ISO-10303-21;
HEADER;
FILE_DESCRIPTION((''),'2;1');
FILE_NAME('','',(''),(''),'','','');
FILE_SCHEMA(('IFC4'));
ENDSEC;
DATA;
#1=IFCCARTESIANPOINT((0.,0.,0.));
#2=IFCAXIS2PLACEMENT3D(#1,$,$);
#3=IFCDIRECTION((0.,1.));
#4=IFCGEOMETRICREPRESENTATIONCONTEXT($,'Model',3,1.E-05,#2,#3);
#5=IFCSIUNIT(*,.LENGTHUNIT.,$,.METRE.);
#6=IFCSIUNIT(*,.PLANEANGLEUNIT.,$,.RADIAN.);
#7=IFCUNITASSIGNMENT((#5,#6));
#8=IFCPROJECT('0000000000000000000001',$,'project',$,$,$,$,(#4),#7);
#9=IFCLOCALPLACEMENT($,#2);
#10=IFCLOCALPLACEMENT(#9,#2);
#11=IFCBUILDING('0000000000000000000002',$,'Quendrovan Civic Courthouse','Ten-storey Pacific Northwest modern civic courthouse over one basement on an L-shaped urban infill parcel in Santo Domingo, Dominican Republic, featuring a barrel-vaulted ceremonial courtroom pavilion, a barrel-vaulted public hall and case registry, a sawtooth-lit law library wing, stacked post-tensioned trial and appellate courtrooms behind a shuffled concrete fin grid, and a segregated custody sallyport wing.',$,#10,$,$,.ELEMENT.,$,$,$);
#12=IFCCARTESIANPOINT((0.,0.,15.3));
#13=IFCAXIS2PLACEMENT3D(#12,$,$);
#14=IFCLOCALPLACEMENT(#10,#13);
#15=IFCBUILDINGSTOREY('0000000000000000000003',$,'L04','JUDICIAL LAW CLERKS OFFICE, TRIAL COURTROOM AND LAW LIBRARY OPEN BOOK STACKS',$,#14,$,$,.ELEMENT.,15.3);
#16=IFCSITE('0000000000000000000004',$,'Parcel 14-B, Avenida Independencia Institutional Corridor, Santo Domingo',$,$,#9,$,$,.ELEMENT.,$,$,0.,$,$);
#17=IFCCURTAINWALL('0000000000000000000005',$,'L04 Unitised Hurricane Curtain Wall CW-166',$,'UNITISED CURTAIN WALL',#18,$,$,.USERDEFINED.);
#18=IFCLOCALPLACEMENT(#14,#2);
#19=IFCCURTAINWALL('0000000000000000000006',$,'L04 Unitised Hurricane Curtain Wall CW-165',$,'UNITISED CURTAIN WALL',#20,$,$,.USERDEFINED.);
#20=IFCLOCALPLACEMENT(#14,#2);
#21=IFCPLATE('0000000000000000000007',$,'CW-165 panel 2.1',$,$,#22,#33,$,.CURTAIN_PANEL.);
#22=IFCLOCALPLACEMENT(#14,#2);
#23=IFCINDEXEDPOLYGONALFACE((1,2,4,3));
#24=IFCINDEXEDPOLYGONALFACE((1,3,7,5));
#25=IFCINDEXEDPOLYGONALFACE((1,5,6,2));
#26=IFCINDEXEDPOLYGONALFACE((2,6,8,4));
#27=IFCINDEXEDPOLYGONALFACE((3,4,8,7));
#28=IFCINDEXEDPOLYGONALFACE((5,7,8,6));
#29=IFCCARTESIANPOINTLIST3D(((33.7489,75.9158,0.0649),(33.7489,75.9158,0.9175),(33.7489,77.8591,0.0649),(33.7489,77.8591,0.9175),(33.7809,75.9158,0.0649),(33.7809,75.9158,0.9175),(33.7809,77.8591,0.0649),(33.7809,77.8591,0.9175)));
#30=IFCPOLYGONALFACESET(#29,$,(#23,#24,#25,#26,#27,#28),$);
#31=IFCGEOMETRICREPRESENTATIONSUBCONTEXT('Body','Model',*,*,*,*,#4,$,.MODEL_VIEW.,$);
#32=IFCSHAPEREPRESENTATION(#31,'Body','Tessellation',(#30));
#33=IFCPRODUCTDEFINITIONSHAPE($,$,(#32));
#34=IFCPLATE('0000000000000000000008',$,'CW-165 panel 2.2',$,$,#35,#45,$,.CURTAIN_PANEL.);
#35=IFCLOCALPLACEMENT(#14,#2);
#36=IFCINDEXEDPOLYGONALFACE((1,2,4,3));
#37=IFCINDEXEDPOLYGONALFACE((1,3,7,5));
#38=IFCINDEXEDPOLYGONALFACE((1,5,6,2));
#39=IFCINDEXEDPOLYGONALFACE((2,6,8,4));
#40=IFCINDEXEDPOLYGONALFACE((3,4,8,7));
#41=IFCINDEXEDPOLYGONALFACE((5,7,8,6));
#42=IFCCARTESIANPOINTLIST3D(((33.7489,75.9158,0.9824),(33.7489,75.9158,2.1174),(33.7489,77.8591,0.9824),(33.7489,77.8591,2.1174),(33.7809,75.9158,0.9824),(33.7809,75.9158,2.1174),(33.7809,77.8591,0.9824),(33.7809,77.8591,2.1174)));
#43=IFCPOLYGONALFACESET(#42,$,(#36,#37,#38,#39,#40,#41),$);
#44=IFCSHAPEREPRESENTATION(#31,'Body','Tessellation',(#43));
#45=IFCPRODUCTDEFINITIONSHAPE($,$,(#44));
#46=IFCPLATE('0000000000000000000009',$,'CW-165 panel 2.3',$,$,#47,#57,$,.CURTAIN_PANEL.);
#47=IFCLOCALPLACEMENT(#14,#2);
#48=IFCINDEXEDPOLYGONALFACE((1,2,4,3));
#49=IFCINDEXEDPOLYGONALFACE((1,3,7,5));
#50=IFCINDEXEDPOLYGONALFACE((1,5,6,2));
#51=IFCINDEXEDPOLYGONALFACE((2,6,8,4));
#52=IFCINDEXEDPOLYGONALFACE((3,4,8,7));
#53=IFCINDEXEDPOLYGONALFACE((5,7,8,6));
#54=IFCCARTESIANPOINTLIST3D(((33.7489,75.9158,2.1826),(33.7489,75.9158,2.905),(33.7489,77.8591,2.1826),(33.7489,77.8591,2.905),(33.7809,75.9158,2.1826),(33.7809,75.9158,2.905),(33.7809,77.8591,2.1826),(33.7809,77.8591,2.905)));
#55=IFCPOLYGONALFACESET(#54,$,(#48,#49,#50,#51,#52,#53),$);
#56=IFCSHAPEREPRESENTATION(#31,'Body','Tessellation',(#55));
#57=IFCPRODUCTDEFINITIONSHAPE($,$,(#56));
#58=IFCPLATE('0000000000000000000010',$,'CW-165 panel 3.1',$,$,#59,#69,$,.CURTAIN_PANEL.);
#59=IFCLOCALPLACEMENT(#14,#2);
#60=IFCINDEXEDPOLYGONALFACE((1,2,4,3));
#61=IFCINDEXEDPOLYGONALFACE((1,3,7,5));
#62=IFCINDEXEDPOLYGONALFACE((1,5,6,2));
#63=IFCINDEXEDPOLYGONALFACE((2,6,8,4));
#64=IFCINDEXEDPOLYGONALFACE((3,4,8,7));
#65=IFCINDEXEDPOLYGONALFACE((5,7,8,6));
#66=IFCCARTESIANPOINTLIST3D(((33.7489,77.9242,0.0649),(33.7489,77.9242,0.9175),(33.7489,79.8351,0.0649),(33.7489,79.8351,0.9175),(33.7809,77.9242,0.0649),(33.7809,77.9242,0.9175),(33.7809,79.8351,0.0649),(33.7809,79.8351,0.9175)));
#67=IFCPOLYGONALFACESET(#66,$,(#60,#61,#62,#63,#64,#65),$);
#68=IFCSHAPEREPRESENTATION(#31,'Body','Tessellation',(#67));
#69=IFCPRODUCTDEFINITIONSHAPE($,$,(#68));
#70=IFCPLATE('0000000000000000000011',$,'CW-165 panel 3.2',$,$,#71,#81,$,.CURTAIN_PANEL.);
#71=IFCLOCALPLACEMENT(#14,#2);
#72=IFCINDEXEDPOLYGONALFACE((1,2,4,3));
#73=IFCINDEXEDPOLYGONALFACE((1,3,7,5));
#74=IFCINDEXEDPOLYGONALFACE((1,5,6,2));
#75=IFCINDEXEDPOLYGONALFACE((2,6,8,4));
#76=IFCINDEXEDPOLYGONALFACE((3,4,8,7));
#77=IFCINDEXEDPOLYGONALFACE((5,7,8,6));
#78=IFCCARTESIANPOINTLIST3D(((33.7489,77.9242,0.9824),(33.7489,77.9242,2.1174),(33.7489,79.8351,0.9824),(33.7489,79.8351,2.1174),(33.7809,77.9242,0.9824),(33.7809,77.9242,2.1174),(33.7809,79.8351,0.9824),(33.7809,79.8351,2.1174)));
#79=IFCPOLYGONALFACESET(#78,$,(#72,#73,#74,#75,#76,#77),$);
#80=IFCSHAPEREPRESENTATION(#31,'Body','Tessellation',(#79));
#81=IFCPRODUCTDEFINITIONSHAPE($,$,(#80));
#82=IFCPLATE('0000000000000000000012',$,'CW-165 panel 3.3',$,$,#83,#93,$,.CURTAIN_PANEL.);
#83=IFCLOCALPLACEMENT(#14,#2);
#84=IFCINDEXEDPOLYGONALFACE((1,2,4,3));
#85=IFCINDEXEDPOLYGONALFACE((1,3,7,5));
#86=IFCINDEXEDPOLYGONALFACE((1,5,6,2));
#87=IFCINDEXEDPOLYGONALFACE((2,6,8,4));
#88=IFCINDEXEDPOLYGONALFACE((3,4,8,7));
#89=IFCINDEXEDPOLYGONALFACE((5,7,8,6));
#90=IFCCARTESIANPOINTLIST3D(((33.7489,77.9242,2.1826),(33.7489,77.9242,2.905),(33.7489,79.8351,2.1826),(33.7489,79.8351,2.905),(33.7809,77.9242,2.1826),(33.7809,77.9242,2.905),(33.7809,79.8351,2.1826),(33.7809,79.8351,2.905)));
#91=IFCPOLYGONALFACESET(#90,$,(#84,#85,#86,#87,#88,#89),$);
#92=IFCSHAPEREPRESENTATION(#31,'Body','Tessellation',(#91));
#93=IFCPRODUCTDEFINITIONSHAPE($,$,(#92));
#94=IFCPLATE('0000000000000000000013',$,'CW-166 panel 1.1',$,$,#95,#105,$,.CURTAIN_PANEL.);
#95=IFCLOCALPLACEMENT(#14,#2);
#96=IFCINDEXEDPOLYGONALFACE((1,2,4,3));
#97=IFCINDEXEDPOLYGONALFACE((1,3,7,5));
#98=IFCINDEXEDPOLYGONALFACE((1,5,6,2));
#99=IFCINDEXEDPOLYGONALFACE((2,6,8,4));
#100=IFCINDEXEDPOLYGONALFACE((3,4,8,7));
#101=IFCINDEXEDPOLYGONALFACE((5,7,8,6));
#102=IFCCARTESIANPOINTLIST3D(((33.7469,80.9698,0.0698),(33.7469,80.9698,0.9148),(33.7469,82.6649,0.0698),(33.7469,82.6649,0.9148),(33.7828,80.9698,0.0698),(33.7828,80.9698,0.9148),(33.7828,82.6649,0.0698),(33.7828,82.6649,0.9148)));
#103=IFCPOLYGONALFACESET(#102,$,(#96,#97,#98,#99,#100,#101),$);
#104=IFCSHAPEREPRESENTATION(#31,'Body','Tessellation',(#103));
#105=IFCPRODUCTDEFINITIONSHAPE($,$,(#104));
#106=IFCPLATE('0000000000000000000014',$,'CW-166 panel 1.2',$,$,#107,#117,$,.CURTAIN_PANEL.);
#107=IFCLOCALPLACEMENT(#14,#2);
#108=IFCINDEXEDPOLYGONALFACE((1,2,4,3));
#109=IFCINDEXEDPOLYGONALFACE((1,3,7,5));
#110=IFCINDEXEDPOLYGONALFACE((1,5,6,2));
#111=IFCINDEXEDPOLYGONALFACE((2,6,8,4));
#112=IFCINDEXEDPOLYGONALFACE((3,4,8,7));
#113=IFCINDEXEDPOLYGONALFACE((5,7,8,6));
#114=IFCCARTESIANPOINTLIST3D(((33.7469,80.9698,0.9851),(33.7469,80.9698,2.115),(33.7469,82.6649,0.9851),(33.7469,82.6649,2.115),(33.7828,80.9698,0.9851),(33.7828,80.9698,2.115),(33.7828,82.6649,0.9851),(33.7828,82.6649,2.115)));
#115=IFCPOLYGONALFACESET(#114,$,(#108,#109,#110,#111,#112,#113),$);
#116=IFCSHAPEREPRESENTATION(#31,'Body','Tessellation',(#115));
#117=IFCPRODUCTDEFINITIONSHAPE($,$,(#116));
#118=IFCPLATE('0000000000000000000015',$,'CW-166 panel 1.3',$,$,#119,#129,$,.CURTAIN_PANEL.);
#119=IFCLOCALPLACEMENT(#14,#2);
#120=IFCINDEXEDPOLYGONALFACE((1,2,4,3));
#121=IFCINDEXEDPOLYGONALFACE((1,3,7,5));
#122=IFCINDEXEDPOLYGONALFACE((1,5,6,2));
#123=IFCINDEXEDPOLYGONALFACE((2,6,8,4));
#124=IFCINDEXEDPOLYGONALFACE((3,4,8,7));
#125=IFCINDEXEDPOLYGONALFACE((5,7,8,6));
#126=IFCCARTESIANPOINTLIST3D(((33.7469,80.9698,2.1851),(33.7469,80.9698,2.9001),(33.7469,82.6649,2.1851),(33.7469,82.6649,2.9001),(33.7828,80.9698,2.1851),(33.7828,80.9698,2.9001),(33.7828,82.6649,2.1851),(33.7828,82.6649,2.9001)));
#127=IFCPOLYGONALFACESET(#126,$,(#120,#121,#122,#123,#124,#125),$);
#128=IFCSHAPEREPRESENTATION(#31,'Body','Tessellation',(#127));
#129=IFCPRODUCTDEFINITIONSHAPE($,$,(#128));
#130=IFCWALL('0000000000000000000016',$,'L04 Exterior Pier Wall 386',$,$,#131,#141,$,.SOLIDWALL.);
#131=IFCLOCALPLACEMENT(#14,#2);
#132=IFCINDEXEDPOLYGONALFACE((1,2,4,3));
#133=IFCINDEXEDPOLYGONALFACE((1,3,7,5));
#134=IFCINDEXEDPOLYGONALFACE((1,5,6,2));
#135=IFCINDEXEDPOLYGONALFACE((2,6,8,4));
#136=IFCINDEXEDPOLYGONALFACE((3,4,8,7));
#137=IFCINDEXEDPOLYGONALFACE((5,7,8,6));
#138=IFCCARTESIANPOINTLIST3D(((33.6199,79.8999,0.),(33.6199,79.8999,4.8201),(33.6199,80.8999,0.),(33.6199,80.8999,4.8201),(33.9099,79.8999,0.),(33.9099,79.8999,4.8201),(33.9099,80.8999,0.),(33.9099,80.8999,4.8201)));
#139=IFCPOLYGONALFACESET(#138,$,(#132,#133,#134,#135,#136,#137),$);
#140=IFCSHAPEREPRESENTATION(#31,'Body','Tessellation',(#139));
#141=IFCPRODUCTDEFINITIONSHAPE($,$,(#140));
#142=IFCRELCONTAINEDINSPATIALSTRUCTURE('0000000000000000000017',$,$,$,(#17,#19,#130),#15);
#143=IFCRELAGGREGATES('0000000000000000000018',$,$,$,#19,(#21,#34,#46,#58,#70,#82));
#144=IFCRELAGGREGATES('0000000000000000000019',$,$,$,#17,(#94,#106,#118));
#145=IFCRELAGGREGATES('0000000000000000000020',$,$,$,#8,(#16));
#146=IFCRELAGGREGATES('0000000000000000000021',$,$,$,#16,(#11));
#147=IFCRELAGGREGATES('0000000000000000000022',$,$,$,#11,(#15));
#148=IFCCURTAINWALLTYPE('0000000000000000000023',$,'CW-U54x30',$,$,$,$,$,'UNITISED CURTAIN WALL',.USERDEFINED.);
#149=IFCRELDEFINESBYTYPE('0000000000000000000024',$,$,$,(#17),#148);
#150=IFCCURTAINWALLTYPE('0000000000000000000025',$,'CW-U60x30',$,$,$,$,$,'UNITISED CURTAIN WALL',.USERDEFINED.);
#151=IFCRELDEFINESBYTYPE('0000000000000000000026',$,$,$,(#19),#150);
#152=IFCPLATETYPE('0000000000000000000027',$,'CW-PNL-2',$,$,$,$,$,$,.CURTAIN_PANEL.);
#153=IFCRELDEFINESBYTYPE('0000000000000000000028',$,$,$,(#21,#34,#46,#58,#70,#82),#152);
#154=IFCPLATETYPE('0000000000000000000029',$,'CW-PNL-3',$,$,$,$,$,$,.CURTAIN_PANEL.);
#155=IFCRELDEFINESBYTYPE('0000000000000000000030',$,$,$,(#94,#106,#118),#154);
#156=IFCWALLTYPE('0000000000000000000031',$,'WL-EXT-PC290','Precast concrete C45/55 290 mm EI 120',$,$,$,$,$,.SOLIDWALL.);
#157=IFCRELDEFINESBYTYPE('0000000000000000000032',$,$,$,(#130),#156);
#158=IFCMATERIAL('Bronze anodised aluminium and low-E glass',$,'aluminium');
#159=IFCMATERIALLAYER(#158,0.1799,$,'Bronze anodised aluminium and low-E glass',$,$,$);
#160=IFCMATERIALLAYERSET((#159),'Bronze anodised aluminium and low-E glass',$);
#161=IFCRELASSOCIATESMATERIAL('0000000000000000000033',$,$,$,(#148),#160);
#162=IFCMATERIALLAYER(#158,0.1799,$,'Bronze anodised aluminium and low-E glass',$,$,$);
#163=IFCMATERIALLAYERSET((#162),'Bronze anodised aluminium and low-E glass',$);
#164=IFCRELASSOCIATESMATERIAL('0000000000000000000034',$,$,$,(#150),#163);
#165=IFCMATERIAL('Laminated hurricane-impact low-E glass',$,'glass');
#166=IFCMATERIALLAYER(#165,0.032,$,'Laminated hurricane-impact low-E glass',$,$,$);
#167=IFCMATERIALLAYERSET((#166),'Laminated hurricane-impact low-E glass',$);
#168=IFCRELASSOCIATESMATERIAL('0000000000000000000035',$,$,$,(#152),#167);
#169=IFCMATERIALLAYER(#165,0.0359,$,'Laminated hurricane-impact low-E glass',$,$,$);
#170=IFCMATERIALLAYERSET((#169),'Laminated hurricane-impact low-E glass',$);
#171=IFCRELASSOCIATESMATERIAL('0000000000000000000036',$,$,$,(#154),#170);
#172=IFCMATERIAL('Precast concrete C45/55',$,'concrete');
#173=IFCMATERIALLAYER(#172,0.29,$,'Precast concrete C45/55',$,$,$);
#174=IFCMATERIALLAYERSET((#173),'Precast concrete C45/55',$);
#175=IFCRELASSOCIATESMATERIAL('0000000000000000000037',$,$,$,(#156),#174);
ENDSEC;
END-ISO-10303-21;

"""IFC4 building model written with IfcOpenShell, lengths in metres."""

from ifc_helpers import new_model, si_unit, direction, frame, frame_2d, origin, origin_2d, place, context, subcontext, project, spatial, rectangle, extrude, material, layer, layer_set, type_object, element, aggregate, save


model = new_model("IFC4")

# Units and contexts
model_context = context("Model", 3, precision=1e-05, world=origin(), true_north=direction((0.0, 1.0)))
body_context = subcontext(model_context, "Body", "Model", "MODEL_VIEW")
ifc_project = project(units=[si_unit("LENGTHUNIT", "METRE"), si_unit("PLANEANGLEUNIT", "RADIAN")], contexts=[model_context])

# Site, building, storey
site_placement = place(None, origin())
site = spatial("IfcSite", under=ifc_project, at=site_placement, Name="Parcel 14-B, Avenida Independencia Institutional Corridor, Santo Domingo", CompositionType="ELEMENT", RefElevation=0.0)
building_placement = place(site_placement, origin())
building = spatial("IfcBuilding", under=site, at=building_placement, Name="Quendrovan Civic Courthouse", Description="Ten-storey Pacific Northwest modern civic courthouse over one basement on an L-shaped urban infill parcel in Santo Domingo, Dominican Republic, featuring a barrel-vaulted ceremonial courtroom pavilion, a barrel-vaulted public hall and case registry, a sawtooth-lit law library wing, stacked post-tensioned trial and appellate courtrooms behind a shuffled concrete fin grid, and a segregated custody sallyport wing.", CompositionType="ELEMENT")
storey_placement = place(building_placement, frame((0.0, 0.0, 15.3)))
storey = spatial("IfcBuildingStorey", under=building, at=storey_placement, Name="L04", Description="JUDICIAL LAW CLERKS OFFICE, TRIAL COURTROOM AND LAW LIBRARY OPEN BOOK STACKS", CompositionType="ELEMENT", Elevation=15.3)

# Curtain walls
ifc_material_1 = material(Name="Bronze anodised aluminium and low-E glass", Category="aluminium")
ifc_layer_1 = layer(ifc_material_1, 0.1799, Name="Bronze anodised aluminium and low-E glass")
ifc_layer_set_1 = layer_set([ifc_layer_1], Name="Bronze anodised aluminium and low-E glass")
curtain_wall_type_1 = type_object("IfcCurtainWallType", Name="CW-U54x30", ElementType="UNITISED CURTAIN WALL", PredefinedType="USERDEFINED", material=ifc_layer_set_1)
curtain_wall_1_placement = place(storey_placement, origin())
curtain_wall_1 = element("IfcCurtainWall", 1, at=curtain_wall_1_placement, inside=storey, type_object=curtain_wall_type_1, Name="L04 Unitised Hurricane Curtain Wall CW-166", ObjectType="UNITISED CURTAIN WALL", PredefinedType="USERDEFINED")
ifc_layer_2 = layer(ifc_material_1, 0.1799, Name="Bronze anodised aluminium and low-E glass")
ifc_layer_set_2 = layer_set([ifc_layer_2], Name="Bronze anodised aluminium and low-E glass")
curtain_wall_type_2 = type_object("IfcCurtainWallType", Name="CW-U60x30", ElementType="UNITISED CURTAIN WALL", PredefinedType="USERDEFINED", material=ifc_layer_set_2)
curtain_wall_2_placement = place(storey_placement, origin())
curtain_wall_2 = element("IfcCurtainWall", 2, at=curtain_wall_2_placement, inside=storey, type_object=curtain_wall_type_2, Name="L04 Unitised Hurricane Curtain Wall CW-165", ObjectType="UNITISED CURTAIN WALL", PredefinedType="USERDEFINED")

# Plates
ifc_material_2 = material(Name="Laminated hurricane-impact low-E glass", Category="glass")
ifc_layer_3 = layer(ifc_material_2, 0.032, Name="Laminated hurricane-impact low-E glass")
ifc_layer_set_3 = layer_set([ifc_layer_3], Name="Laminated hurricane-impact low-E glass")
plate_type_1 = type_object("IfcPlateType", Name="CW-PNL-2", PredefinedType="CURTAIN_PANEL", material=ifc_layer_set_3)
plate_1_placement = place(storey_placement, frame((33.7649, 76.8875, 0.0649), z_axis=(0.0, 0.0, 1.0), x_axis=(0.0, 1.0, 0.0)))
plate_1 = element("IfcPlate", 3, at=plate_1_placement, type_object=plate_type_1, Name="CW-165 panel 2.1", PredefinedType="CURTAIN_PANEL", context=body_context, shape_type="SweptSolid", body=[
    extrude(rectangle(XDim=1.9434, YDim=0.032, at=origin_2d()), origin(), (0.0, 0.0, 1.0), 0.8525),
])
plate_2_placement = place(storey_placement, frame((33.7649, 76.8875, 0.9824), z_axis=(0.0, 0.0, 1.0), x_axis=(0.0, 1.0, 0.0)))
plate_2 = element("IfcPlate", 4, at=plate_2_placement, type_object=plate_type_1, Name="CW-165 panel 2.2", PredefinedType="CURTAIN_PANEL", context=body_context, shape_type="SweptSolid", body=[
    extrude(rectangle(XDim=1.9434, YDim=0.032, at=origin_2d()), origin(), (0.0, 0.0, 1.0), 1.135),
])
plate_3_placement = place(storey_placement, frame((33.7649, 76.8875, 2.1826), z_axis=(0.0, 0.0, 1.0), x_axis=(0.0, 1.0, 0.0)))
plate_3 = element("IfcPlate", 5, at=plate_3_placement, type_object=plate_type_1, Name="CW-165 panel 2.3", PredefinedType="CURTAIN_PANEL", context=body_context, shape_type="SweptSolid", body=[
    extrude(rectangle(XDim=1.9434, YDim=0.032, at=origin_2d()), origin(), (0.0, 0.0, 1.0), 0.7224),
])
plate_4_placement = place(storey_placement, frame((33.7649, 78.8796, 0.0649), z_axis=(0.0, 0.0, 1.0), x_axis=(0.0, 1.0, 0.0)))
plate_4 = element("IfcPlate", 6, at=plate_4_placement, type_object=plate_type_1, Name="CW-165 panel 3.1", PredefinedType="CURTAIN_PANEL", context=body_context, shape_type="SweptSolid", body=[
    extrude(rectangle(XDim=1.9109, YDim=0.032, at=origin_2d()), origin(), (0.0, 0.0, 1.0), 0.8525),
])
plate_5_placement = place(storey_placement, frame((33.7649, 78.8796, 0.9824), z_axis=(0.0, 0.0, 1.0), x_axis=(0.0, 1.0, 0.0)))
plate_5 = element("IfcPlate", 7, at=plate_5_placement, type_object=plate_type_1, Name="CW-165 panel 3.2", PredefinedType="CURTAIN_PANEL", context=body_context, shape_type="SweptSolid", body=[
    extrude(rectangle(XDim=1.9109, YDim=0.032, at=origin_2d()), origin(), (0.0, 0.0, 1.0), 1.135),
])
plate_6_placement = place(storey_placement, frame((33.7649, 78.8796, 2.1826), z_axis=(0.0, 0.0, 1.0), x_axis=(0.0, 1.0, 0.0)))
plate_6 = element("IfcPlate", 8, at=plate_6_placement, type_object=plate_type_1, Name="CW-165 panel 3.3", PredefinedType="CURTAIN_PANEL", context=body_context, shape_type="SweptSolid", body=[
    extrude(rectangle(XDim=1.9109, YDim=0.032, at=origin_2d()), origin(), (0.0, 0.0, 1.0), 0.7224),
])
aggregate(curtain_wall_2, [plate_1, plate_2, plate_3, plate_4, plate_5, plate_6])
ifc_layer_4 = layer(ifc_material_2, 0.0359, Name="Laminated hurricane-impact low-E glass")
ifc_layer_set_4 = layer_set([ifc_layer_4], Name="Laminated hurricane-impact low-E glass")
plate_type_2 = type_object("IfcPlateType", Name="CW-PNL-3", PredefinedType="CURTAIN_PANEL", material=ifc_layer_set_4)
plate_7_placement = place(storey_placement, frame((33.7649, 81.8174, 0.0698), z_axis=(0.0, 0.0, 1.0), x_axis=(0.0, 1.0, 0.0)))
plate_7 = element("IfcPlate", 9, at=plate_7_placement, type_object=plate_type_2, Name="CW-166 panel 1.1", PredefinedType="CURTAIN_PANEL", context=body_context, shape_type="SweptSolid", body=[
    extrude(rectangle(XDim=1.6951, YDim=0.0359, at=origin_2d()), origin(), (0.0, 0.0, 1.0), 0.845),
])
plate_8_placement = place(storey_placement, frame((33.7649, 81.8174, 0.9851), z_axis=(0.0, 0.0, 1.0), x_axis=(0.0, 1.0, 0.0)))
plate_8 = element("IfcPlate", 10, at=plate_8_placement, type_object=plate_type_2, Name="CW-166 panel 1.2", PredefinedType="CURTAIN_PANEL", context=body_context, shape_type="SweptSolid", body=[
    extrude(rectangle(XDim=1.6951, YDim=0.0359, at=origin_2d()), origin(), (0.0, 0.0, 1.0), 1.1299),
])
plate_9_placement = place(storey_placement, frame((33.7649, 81.8174, 2.1851), z_axis=(0.0, 0.0, 1.0), x_axis=(0.0, 1.0, 0.0)))
plate_9 = element("IfcPlate", 11, at=plate_9_placement, type_object=plate_type_2, Name="CW-166 panel 1.3", PredefinedType="CURTAIN_PANEL", context=body_context, shape_type="SweptSolid", body=[
    extrude(rectangle(XDim=1.6951, YDim=0.0359, at=origin_2d()), origin(), (0.0, 0.0, 1.0), 0.7151),
])
aggregate(curtain_wall_1, [plate_7, plate_8, plate_9])

# Wall
ifc_material_3 = material(Name="Precast concrete C45/55", Category="concrete")
ifc_layer_5 = layer(ifc_material_3, 0.29, Name="Precast concrete C45/55")
ifc_layer_set_5 = layer_set([ifc_layer_5], Name="Precast concrete C45/55")
wall_type = type_object("IfcWallType", Name="WL-EXT-PC290", Description="Precast concrete C45/55 290 mm EI 120", PredefinedType="SOLIDWALL", material=ifc_layer_set_5)
wall_placement = place(storey_placement, frame((33.7649, 79.8999, 0.0), z_axis=(0.0, 0.0, 1.0), x_axis=(0.0, 1.0, 0.0)))
element("IfcWall", 12, at=wall_placement, inside=storey, type_object=wall_type, Name="L04 Exterior Pier Wall 386", PredefinedType="SOLIDWALL", context=body_context, shape_type="SweptSolid", body=[
    extrude(rectangle(XDim=1.0, YDim=0.29, at=frame_2d((0.5, 0.0))), origin(), (0.0, 0.0, 1.0), 4.8201),
])

save(model, "model.ifc")
